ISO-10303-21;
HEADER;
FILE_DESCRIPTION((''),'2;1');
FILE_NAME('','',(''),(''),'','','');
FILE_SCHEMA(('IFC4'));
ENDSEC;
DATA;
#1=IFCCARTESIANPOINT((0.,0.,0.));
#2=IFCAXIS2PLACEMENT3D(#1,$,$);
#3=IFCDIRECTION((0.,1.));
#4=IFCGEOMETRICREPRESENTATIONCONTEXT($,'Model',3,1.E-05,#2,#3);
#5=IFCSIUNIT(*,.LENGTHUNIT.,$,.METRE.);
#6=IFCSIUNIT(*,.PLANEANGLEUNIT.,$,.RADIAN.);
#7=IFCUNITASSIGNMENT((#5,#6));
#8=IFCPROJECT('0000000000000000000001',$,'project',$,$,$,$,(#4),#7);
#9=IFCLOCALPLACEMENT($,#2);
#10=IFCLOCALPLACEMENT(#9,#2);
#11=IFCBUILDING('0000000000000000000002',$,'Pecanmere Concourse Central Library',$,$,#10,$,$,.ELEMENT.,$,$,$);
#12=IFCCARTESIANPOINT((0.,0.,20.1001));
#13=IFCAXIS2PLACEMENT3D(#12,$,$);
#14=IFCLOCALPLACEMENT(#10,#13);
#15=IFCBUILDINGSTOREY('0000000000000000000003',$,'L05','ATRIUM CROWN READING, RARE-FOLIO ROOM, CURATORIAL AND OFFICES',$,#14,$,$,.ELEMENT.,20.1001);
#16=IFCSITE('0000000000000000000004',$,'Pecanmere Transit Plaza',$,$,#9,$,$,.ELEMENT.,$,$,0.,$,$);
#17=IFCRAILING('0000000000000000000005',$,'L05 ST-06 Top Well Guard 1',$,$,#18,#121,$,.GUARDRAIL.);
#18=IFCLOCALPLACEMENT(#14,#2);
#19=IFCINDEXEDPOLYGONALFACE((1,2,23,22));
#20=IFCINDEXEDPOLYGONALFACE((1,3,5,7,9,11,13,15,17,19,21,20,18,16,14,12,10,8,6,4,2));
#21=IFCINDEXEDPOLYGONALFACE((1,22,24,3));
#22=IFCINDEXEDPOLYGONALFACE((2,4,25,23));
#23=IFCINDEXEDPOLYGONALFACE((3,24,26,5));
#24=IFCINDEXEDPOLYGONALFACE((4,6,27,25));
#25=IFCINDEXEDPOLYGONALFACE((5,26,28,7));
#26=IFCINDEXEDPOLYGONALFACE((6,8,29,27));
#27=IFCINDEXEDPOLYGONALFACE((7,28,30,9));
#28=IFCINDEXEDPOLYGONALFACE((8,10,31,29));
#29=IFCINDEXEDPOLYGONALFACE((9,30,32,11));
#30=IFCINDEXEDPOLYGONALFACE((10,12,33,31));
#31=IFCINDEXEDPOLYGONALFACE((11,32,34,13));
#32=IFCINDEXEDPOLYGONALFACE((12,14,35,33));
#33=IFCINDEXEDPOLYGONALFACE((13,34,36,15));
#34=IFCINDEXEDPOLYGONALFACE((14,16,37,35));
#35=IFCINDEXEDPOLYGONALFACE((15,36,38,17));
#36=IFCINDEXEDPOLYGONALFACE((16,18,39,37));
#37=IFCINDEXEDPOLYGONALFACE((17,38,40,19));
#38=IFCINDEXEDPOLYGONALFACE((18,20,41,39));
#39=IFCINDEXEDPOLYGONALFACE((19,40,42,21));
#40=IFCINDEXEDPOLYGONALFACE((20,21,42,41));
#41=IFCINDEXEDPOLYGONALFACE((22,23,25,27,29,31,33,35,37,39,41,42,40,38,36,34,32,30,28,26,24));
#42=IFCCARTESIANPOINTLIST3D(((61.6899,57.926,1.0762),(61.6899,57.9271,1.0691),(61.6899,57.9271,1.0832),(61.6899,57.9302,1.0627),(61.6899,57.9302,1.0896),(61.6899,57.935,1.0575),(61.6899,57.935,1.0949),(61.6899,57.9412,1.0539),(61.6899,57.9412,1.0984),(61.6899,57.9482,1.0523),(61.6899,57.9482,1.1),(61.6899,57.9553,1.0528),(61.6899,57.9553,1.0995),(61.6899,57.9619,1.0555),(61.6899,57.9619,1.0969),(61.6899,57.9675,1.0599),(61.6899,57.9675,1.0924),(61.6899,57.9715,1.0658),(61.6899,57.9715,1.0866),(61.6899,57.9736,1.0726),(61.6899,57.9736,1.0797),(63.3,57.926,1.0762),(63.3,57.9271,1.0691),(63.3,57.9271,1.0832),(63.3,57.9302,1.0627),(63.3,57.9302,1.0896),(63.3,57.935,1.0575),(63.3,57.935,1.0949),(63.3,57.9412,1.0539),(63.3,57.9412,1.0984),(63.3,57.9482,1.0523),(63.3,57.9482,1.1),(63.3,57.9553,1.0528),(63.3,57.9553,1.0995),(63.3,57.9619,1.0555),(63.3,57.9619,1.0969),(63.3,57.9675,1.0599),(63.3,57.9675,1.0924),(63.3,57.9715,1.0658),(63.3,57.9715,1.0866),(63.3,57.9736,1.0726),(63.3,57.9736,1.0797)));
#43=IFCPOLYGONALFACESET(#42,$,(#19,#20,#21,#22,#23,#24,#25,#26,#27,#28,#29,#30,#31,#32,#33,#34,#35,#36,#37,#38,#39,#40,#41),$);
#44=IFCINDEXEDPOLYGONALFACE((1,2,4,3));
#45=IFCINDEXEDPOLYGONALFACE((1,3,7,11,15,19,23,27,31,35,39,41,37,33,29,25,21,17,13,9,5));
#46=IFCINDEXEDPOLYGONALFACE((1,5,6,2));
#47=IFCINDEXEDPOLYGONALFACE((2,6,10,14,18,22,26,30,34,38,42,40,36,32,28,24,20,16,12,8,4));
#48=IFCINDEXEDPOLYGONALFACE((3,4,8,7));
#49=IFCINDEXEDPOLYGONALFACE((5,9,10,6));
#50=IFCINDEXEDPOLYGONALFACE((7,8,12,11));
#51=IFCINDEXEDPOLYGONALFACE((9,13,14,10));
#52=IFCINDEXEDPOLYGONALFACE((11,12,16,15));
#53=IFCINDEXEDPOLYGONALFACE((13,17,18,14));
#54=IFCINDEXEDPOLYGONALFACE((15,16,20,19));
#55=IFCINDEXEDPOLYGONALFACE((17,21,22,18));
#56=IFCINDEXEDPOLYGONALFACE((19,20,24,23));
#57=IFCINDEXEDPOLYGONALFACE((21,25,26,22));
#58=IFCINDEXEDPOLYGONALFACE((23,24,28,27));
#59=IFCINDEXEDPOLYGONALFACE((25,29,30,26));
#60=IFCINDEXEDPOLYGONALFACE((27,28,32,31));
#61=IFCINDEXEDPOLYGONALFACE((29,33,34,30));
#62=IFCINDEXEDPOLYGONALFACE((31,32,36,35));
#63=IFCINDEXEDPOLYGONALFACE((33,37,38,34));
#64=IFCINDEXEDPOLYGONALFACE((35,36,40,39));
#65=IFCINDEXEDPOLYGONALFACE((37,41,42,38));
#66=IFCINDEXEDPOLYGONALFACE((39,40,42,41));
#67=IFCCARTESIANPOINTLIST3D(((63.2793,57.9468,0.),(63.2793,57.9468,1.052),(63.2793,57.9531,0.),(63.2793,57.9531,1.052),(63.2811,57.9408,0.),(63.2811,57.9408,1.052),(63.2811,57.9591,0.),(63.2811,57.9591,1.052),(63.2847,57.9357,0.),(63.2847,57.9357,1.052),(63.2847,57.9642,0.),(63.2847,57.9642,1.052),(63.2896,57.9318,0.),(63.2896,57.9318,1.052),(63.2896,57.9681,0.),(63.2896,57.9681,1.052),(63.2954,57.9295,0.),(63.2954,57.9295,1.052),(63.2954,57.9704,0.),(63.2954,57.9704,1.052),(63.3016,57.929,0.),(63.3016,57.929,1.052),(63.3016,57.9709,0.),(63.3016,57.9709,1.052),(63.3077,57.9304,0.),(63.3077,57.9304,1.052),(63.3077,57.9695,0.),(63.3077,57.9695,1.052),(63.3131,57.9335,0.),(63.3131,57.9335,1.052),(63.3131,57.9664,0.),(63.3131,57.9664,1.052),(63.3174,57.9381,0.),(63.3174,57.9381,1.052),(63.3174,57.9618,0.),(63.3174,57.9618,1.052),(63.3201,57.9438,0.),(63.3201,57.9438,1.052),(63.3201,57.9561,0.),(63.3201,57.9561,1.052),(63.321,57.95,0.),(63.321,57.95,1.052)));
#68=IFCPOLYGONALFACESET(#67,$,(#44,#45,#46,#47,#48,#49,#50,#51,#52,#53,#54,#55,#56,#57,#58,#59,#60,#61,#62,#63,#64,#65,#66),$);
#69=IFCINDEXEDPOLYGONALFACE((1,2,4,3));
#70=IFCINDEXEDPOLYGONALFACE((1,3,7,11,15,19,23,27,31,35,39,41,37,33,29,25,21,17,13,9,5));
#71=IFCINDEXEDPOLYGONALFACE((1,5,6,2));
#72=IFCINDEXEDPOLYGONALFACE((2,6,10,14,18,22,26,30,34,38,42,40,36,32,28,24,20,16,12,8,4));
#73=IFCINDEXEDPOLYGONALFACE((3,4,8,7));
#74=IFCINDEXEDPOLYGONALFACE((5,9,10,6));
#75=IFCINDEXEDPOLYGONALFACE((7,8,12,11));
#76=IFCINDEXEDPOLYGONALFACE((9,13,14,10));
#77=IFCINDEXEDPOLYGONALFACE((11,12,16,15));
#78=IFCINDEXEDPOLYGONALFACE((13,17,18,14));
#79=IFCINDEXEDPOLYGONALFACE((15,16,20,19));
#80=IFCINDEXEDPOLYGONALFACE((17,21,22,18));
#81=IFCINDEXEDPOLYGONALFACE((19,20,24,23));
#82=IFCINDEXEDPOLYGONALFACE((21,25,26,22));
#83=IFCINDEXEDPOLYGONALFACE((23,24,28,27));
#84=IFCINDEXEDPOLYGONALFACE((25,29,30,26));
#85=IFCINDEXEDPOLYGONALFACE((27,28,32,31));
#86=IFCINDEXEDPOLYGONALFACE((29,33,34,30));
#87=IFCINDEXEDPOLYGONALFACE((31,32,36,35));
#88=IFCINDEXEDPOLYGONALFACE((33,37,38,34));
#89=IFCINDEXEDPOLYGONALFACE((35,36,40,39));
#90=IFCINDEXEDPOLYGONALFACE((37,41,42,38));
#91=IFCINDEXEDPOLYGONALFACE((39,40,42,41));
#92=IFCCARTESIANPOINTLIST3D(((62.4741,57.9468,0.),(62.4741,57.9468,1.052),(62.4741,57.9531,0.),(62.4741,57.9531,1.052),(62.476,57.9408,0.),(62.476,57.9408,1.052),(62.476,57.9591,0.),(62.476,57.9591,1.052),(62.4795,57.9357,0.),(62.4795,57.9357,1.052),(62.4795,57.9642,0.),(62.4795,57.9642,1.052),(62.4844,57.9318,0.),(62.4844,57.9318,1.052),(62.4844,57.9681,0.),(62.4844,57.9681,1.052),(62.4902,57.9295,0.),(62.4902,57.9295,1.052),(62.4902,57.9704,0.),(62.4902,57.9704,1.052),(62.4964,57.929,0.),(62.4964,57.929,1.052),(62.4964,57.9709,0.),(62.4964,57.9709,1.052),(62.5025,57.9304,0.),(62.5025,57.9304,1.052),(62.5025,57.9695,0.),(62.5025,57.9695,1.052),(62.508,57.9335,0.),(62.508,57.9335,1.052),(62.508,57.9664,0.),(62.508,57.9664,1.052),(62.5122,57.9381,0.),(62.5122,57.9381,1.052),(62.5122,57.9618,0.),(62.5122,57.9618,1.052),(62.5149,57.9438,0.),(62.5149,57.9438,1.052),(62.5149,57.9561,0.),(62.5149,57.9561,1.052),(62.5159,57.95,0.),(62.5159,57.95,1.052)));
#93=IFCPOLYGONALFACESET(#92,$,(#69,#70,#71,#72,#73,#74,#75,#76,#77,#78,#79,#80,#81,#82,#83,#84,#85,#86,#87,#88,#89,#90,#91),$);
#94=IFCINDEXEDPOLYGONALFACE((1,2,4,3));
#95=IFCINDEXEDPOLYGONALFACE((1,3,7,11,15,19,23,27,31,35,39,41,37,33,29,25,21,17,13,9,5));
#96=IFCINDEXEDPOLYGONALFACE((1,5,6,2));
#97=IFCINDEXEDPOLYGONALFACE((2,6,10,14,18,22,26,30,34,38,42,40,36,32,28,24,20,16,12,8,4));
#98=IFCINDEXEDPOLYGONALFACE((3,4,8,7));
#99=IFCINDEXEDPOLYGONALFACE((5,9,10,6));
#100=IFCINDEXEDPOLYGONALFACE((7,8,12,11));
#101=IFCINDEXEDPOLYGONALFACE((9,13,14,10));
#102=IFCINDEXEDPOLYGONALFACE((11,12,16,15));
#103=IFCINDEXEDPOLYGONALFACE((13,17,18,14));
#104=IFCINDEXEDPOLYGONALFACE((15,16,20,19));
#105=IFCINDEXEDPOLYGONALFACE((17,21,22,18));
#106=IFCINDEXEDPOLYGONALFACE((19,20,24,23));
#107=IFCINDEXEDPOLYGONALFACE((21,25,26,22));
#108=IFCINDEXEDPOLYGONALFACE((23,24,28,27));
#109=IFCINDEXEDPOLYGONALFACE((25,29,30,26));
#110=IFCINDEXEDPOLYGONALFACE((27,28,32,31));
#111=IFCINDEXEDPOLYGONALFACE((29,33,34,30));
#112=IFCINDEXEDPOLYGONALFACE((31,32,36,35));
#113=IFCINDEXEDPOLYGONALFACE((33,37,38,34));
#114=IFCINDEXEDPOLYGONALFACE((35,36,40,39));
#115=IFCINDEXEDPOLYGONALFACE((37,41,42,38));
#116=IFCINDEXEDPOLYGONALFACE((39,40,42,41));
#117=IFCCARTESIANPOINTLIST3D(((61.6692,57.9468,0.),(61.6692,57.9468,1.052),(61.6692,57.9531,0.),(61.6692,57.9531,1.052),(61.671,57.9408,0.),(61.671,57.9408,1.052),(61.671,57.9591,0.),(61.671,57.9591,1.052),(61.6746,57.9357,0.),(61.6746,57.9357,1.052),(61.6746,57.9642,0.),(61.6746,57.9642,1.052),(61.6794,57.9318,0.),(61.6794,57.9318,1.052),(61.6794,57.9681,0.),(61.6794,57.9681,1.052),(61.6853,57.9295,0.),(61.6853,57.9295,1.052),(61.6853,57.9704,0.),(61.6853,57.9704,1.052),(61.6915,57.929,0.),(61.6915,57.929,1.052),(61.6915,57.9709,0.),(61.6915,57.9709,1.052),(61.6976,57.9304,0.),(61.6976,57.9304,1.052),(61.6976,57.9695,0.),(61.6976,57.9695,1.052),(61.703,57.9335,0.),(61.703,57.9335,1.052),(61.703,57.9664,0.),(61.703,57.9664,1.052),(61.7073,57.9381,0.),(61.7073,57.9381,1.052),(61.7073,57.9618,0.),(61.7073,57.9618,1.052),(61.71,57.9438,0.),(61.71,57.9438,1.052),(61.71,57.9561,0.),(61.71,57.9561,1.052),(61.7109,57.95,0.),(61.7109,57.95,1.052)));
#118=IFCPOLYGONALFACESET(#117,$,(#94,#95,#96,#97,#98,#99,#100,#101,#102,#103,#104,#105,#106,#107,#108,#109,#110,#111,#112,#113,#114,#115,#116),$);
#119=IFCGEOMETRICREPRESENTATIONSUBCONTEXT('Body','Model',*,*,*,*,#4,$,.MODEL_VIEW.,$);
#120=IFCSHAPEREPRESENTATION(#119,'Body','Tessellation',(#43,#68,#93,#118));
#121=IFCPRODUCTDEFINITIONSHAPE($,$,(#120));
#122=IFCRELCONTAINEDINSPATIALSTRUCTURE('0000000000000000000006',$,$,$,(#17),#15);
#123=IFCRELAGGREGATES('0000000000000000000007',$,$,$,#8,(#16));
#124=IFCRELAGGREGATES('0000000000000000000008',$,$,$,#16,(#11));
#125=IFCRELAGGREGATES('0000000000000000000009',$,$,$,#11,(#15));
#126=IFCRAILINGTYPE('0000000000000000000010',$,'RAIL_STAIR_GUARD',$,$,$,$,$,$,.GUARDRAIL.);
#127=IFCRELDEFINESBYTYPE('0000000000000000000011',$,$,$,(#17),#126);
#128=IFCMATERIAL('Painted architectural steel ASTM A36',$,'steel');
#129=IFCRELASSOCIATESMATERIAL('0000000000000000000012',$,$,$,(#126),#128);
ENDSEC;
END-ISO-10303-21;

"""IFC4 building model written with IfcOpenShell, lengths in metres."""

from ifc_helpers import new_model, si_unit, direction, frame, origin, origin_2d, place, context, subcontext, project, spatial, circle, extrude, material, type_object, element, save


model = new_model("IFC4")

# Units and contexts
model_context = context("Model", 3, precision=1e-05, world=origin(), true_north=direction((0.0, 1.0)))
body_context = subcontext(model_context, "Body", "Model", "MODEL_VIEW")
ifc_project = project(units=[si_unit("LENGTHUNIT", "METRE"), si_unit("PLANEANGLEUNIT", "RADIAN")], contexts=[model_context])

# Site, building, storey
site_placement = place(None, origin())
site = spatial("IfcSite", under=ifc_project, at=site_placement, Name="Pecanmere Transit Plaza", CompositionType="ELEMENT", RefElevation=0.0)
building_placement = place(site_placement, origin())
building = spatial("IfcBuilding", under=site, at=building_placement, Name="Pecanmere Concourse Central Library", CompositionType="ELEMENT")
storey_placement = place(building_placement, frame((0.0, 0.0, 20.1001)))
storey = spatial("IfcBuildingStorey", under=building, at=storey_placement, Name="L05", Description="ATRIUM CROWN READING, RARE-FOLIO ROOM, CURATORIAL AND OFFICES", CompositionType="ELEMENT", Elevation=20.1001)

# Railing
ifc_material_1 = material(Name="Painted architectural steel ASTM A36", Category="steel")
railing_type_1 = type_object("IfcRailingType", Name="RAIL_STAIR_GUARD", PredefinedType="GUARDRAIL", material=ifc_material_1)
railing_1_placement = place(storey_placement, frame((63.3, 57.95, 0.0)))
element("IfcRailing", 1, at=railing_1_placement, inside=storey, type_object=railing_type_1, Name="L05 ST-06 Top Well Guard 1", PredefinedType="GUARDRAIL", context=body_context, shape_type="SweptSolid", body=[
    extrude(circle(Radius=0.0239, at=origin_2d()), frame((0.0, 0.0, 1.0762), z_axis=(-1.0, 0.0, 0.0), x_axis=(0.0, -1.0, 0.0)), (0.0, 0.0, 1.0), 1.6101),
    extrude(circle(Radius=0.021, at=origin_2d()), origin(), (0.0, 0.0, 1.0), 1.052),
    extrude(circle(Radius=0.021, at=origin_2d()), frame((-0.8052, 0.0, 0.0)), (0.0, 0.0, 1.0), 1.052),
    extrude(circle(Radius=0.021, at=origin_2d()), frame((-1.6101, 0.0, 0.0)), (0.0, 0.0, 1.0), 1.052),
])

save(model, "model.ifc")
